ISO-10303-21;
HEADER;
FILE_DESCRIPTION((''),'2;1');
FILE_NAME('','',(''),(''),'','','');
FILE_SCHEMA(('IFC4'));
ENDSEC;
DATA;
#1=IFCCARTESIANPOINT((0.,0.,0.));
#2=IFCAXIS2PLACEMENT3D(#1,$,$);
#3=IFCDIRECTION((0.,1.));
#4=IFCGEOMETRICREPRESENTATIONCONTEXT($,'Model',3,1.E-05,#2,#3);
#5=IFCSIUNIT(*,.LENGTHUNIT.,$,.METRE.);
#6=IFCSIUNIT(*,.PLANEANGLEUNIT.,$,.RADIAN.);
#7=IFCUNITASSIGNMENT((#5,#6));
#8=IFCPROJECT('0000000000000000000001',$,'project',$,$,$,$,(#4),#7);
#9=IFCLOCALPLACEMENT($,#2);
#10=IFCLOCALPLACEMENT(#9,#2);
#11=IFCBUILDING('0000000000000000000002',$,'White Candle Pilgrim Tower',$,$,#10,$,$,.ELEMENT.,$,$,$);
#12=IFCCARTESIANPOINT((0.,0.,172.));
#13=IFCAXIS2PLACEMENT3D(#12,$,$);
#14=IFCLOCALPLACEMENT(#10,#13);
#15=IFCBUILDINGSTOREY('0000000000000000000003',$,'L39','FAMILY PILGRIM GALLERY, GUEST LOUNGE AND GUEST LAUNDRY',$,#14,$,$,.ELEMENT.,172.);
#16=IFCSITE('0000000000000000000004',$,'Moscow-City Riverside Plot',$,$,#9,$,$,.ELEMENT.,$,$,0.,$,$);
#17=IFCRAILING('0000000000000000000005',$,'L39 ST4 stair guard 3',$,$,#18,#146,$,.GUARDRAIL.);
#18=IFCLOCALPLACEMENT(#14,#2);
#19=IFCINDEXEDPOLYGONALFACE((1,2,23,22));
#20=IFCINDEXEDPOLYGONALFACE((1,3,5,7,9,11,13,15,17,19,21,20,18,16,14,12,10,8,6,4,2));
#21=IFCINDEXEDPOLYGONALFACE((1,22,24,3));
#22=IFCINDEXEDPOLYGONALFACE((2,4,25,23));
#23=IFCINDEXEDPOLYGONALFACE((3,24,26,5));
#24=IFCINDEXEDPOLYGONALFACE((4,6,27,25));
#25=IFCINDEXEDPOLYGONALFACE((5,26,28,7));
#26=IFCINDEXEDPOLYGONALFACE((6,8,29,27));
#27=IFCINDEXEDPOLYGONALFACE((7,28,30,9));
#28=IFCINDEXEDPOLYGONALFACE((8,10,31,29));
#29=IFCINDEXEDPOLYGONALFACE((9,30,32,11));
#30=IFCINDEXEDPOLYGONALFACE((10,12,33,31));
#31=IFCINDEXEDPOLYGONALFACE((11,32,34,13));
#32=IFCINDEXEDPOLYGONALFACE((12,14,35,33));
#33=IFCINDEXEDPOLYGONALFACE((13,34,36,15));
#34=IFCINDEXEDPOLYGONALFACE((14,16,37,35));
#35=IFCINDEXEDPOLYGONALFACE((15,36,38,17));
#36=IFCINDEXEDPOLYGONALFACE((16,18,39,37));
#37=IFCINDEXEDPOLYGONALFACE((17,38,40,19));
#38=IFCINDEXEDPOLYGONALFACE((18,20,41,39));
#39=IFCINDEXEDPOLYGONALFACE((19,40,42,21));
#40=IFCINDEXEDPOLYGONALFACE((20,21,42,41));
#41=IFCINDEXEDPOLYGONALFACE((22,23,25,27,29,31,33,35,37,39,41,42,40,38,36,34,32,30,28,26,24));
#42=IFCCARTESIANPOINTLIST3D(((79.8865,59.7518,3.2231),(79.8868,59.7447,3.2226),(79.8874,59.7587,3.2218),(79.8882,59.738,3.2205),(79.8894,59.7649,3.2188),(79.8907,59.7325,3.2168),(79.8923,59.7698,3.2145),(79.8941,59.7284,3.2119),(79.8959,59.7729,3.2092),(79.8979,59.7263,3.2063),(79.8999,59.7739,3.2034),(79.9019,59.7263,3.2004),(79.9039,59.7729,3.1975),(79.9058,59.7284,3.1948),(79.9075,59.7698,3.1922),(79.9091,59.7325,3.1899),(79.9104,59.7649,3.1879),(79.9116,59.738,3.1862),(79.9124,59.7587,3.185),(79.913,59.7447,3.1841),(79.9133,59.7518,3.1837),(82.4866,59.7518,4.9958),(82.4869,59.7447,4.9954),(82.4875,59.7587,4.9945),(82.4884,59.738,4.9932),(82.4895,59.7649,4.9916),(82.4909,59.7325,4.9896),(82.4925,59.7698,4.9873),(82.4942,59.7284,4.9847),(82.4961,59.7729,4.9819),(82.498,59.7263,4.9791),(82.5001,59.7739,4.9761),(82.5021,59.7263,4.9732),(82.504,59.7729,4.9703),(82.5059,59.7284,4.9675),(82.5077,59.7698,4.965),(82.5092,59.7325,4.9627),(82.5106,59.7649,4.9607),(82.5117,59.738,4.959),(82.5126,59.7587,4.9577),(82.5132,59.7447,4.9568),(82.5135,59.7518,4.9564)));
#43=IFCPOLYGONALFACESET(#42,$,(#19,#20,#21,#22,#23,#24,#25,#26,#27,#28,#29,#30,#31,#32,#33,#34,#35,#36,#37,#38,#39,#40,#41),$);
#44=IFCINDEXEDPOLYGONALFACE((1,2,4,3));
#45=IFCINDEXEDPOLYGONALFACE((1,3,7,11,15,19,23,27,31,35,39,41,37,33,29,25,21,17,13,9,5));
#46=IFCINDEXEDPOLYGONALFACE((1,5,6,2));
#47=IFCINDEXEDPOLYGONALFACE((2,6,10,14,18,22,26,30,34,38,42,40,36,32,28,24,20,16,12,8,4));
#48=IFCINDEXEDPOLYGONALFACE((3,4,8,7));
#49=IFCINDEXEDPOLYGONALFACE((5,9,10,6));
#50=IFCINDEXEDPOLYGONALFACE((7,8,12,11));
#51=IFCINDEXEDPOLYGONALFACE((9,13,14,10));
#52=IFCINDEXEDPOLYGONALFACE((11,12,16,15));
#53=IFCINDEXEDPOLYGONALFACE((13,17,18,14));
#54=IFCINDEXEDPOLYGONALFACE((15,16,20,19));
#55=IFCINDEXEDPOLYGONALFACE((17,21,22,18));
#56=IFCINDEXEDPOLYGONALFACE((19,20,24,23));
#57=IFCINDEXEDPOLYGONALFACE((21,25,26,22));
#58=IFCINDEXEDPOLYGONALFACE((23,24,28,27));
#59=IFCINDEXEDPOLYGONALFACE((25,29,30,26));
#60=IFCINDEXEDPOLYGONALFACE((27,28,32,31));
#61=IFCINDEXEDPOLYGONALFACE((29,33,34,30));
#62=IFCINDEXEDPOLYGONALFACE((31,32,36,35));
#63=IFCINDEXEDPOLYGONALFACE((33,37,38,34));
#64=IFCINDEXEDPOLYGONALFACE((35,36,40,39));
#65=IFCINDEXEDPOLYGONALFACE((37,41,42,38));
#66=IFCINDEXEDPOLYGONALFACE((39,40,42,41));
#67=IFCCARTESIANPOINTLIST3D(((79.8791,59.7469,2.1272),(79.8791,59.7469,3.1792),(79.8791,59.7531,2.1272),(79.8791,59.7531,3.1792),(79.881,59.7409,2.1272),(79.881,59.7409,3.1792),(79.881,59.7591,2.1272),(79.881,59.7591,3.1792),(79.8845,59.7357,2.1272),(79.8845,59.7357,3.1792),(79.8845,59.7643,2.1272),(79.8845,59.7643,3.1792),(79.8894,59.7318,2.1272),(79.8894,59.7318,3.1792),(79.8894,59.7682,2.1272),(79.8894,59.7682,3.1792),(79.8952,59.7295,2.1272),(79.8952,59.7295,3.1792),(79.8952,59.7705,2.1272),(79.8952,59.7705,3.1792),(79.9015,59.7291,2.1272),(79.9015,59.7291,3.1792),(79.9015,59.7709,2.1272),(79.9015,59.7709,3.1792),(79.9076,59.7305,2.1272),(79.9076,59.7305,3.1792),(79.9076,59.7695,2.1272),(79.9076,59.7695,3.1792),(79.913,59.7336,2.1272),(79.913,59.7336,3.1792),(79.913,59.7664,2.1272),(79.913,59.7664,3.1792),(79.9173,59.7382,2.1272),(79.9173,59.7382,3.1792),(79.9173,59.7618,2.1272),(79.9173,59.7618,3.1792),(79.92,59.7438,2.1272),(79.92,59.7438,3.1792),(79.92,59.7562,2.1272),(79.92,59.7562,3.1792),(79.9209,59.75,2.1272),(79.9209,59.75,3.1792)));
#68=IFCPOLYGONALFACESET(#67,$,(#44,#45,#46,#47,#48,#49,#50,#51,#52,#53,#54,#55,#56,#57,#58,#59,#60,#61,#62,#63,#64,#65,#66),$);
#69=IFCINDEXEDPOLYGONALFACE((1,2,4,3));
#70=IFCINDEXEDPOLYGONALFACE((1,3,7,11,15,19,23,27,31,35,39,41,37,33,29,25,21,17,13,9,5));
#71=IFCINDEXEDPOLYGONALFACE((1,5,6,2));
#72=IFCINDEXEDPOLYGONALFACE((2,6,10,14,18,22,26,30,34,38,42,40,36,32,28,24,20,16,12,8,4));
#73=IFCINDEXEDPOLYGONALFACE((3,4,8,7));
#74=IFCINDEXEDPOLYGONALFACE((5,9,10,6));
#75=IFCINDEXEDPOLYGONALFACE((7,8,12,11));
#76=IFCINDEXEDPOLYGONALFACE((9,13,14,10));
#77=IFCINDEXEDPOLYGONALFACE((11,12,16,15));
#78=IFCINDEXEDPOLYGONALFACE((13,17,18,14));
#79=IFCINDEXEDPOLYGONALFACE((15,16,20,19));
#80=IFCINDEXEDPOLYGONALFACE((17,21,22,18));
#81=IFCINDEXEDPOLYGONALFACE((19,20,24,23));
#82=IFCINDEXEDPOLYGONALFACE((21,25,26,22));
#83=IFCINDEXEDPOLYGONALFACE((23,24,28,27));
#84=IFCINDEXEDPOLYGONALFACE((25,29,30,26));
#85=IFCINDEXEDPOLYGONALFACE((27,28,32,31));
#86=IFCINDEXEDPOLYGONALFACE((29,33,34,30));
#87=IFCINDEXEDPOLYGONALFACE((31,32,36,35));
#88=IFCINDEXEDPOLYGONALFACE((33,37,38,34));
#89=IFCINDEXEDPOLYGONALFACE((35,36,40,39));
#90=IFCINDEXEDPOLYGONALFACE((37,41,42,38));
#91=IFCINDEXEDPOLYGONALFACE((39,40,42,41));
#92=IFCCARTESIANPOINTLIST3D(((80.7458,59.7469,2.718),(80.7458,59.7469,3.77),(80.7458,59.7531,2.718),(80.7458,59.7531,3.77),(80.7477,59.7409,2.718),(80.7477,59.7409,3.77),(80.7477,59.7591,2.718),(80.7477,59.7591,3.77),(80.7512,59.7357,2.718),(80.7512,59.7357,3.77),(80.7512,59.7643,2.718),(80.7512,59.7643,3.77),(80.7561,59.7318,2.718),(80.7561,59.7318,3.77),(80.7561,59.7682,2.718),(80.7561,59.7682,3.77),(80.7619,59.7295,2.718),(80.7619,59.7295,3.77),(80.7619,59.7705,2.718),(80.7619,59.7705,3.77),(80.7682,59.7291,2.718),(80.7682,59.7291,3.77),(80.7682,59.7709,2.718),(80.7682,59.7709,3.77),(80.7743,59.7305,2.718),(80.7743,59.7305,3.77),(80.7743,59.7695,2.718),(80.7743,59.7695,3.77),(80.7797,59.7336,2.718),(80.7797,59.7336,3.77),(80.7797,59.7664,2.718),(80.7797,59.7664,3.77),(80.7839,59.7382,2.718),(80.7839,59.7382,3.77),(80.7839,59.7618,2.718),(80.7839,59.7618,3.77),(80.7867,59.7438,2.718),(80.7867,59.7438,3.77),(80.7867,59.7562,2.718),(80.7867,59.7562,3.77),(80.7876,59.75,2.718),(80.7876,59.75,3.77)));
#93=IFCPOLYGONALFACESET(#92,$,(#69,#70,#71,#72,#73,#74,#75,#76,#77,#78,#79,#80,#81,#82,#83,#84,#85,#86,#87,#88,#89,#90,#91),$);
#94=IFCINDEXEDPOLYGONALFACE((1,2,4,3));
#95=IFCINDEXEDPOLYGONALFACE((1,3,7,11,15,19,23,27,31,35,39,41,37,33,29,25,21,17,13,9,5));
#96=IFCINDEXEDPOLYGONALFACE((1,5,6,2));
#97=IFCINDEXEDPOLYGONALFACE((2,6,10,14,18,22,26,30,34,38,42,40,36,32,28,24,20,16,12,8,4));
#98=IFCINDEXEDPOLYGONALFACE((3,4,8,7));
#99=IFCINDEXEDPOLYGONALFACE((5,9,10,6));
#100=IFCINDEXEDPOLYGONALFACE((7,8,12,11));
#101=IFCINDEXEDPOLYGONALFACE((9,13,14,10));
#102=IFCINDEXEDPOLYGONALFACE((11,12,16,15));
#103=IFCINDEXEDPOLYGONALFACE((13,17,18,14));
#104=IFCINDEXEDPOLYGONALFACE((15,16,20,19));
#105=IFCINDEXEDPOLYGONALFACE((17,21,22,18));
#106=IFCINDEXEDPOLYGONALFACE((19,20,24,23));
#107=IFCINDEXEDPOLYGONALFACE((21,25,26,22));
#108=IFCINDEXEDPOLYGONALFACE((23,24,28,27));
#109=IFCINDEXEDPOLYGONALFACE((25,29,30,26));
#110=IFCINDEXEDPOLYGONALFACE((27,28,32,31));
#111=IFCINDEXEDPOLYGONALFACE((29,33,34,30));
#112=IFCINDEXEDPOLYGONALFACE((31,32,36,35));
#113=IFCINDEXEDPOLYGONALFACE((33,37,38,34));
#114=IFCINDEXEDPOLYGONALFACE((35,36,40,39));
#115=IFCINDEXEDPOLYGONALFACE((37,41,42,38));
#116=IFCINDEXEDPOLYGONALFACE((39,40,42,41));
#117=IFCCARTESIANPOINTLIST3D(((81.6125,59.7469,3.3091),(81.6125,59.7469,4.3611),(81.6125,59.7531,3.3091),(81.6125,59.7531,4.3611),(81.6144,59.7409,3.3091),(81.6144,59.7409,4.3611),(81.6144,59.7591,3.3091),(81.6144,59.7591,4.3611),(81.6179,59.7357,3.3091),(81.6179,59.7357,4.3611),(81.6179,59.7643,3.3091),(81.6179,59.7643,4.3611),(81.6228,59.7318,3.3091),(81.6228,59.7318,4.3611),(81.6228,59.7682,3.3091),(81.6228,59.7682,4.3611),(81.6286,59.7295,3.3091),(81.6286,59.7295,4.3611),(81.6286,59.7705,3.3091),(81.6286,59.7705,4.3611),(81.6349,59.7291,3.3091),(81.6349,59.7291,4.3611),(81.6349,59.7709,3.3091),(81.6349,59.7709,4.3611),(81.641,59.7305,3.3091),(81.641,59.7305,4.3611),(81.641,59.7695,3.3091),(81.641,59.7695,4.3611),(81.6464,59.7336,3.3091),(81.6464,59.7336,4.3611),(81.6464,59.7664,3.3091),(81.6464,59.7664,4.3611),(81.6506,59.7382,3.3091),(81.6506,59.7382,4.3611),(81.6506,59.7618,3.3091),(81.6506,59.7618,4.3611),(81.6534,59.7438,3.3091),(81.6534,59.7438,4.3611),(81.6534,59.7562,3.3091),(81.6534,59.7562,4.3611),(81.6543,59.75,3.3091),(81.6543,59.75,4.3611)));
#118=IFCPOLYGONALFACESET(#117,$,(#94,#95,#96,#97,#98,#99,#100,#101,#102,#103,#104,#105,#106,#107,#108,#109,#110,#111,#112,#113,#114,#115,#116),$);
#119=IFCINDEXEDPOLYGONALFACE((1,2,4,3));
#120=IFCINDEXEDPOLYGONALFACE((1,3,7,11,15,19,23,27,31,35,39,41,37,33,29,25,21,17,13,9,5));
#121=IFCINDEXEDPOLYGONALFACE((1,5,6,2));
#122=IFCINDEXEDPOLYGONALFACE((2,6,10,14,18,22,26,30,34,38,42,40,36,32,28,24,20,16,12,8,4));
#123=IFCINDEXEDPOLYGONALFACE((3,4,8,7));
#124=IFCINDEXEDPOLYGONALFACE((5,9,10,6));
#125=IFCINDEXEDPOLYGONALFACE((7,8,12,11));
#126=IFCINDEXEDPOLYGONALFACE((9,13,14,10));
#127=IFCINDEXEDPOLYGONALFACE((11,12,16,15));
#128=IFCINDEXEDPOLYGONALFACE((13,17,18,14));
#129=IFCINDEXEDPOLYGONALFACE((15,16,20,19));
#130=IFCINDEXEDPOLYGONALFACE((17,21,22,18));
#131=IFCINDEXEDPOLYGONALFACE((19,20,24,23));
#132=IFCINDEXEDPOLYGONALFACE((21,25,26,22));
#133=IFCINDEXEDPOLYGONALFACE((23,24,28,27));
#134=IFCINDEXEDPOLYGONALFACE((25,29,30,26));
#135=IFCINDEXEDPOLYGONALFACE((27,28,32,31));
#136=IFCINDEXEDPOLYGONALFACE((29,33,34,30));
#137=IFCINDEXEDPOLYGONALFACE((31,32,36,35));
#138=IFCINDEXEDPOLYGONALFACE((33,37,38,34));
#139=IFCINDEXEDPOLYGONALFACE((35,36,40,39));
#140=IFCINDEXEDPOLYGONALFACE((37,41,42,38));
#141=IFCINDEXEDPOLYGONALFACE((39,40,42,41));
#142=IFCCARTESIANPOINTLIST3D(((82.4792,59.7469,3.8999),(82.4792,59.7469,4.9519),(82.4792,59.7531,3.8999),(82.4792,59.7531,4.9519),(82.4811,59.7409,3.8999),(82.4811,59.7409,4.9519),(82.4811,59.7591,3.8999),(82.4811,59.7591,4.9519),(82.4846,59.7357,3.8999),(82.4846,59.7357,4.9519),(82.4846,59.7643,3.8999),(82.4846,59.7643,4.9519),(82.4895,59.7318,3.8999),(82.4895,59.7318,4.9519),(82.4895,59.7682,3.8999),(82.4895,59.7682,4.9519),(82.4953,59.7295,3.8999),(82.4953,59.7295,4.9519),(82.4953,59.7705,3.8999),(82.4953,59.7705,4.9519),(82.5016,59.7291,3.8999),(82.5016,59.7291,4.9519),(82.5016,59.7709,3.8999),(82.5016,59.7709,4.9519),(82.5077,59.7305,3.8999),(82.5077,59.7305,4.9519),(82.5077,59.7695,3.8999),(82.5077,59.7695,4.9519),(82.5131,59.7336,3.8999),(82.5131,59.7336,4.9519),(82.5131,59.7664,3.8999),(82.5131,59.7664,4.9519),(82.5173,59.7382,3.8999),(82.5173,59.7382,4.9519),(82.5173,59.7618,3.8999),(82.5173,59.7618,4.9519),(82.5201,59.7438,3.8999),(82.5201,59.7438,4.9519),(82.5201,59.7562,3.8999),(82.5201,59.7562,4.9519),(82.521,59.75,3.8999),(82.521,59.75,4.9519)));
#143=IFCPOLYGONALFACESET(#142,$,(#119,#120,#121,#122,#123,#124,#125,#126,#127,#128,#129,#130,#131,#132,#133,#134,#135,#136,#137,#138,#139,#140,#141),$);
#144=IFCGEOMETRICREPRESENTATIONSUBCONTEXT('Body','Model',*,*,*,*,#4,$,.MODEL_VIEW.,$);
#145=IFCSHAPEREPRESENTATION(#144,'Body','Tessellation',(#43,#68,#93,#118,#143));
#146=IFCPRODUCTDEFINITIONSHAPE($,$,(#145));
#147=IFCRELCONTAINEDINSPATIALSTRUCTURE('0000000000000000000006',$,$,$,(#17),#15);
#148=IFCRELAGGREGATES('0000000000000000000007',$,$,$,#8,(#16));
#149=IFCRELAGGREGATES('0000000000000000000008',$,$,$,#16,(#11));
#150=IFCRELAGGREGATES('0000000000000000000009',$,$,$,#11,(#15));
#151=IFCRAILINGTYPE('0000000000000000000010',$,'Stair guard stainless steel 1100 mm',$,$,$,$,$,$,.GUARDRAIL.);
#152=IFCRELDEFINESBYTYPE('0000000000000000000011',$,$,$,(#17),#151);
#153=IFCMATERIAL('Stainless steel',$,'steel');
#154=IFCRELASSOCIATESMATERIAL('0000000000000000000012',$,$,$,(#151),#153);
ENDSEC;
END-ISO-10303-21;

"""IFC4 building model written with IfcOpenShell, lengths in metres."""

from ifc_helpers import new_model, si_unit, direction, frame, origin, origin_2d, place, context, subcontext, project, spatial, circle, extrude, material, type_object, element, save


model = new_model("IFC4")

# Units and contexts
model_context = context("Model", 3, precision=1e-05, world=origin(), true_north=direction((0.0, 1.0)))
body_context = subcontext(model_context, "Body", "Model", "MODEL_VIEW")
ifc_project = project(units=[si_unit("LENGTHUNIT", "METRE"), si_unit("PLANEANGLEUNIT", "RADIAN")], contexts=[model_context])

# Site, building, storey
site_placement = place(None, origin())
site = spatial("IfcSite", under=ifc_project, at=site_placement, Name="Moscow-City Riverside Plot", CompositionType="ELEMENT", RefElevation=0.0)
building_placement = place(site_placement, origin())
building = spatial("IfcBuilding", under=site, at=building_placement, Name="White Candle Pilgrim Tower", CompositionType="ELEMENT")
storey_placement = place(building_placement, frame((0.0, 0.0, 172.0)))
storey = spatial("IfcBuildingStorey", under=building, at=storey_placement, Name="L39", Description="FAMILY PILGRIM GALLERY, GUEST LOUNGE AND GUEST LAUNDRY", CompositionType="ELEMENT", Elevation=172.0)

# Railing
ifc_material_1 = material(Name="Stainless steel", Category="steel")
railing_type_1 = type_object("IfcRailingType", Name="Stair guard stainless steel 1100 mm", PredefinedType="GUARDRAIL", material=ifc_material_1)
railing_1_placement = place(storey_placement, frame((79.8999, 59.75, 2.1272)))
element("IfcRailing", 1, at=railing_1_placement, inside=storey, type_object=railing_type_1, Name="L39 ST4 stair guard 3", PredefinedType="GUARDRAIL", context=body_context, shape_type="SweptSolid", body=[
    extrude(circle(Radius=0.0239, at=origin_2d()), frame((0.0, 0.0, 1.0762), z_axis=(0.82624, 0.0, 0.563318), x_axis=(0.0, 1.0, 0.0)), (0.0, 0.0, 1.0), 3.147),
    extrude(circle(Radius=0.021, at=origin_2d()), origin(), (0.0, 0.0, 1.0), 1.052),
    extrude(circle(Radius=0.021, at=origin_2d()), frame((0.8667, 0.0, 0.5908)), (0.0, 0.0, 1.0), 1.052),
    extrude(circle(Radius=0.021, at=origin_2d()), frame((1.7334, 0.0, 1.1819)), (0.0, 0.0, 1.0), 1.052),
    extrude(circle(Radius=0.021, at=origin_2d()), frame((2.6001, 0.0, 1.7727)), (0.0, 0.0, 1.0), 1.052),
])

save(model, "model.ifc")
